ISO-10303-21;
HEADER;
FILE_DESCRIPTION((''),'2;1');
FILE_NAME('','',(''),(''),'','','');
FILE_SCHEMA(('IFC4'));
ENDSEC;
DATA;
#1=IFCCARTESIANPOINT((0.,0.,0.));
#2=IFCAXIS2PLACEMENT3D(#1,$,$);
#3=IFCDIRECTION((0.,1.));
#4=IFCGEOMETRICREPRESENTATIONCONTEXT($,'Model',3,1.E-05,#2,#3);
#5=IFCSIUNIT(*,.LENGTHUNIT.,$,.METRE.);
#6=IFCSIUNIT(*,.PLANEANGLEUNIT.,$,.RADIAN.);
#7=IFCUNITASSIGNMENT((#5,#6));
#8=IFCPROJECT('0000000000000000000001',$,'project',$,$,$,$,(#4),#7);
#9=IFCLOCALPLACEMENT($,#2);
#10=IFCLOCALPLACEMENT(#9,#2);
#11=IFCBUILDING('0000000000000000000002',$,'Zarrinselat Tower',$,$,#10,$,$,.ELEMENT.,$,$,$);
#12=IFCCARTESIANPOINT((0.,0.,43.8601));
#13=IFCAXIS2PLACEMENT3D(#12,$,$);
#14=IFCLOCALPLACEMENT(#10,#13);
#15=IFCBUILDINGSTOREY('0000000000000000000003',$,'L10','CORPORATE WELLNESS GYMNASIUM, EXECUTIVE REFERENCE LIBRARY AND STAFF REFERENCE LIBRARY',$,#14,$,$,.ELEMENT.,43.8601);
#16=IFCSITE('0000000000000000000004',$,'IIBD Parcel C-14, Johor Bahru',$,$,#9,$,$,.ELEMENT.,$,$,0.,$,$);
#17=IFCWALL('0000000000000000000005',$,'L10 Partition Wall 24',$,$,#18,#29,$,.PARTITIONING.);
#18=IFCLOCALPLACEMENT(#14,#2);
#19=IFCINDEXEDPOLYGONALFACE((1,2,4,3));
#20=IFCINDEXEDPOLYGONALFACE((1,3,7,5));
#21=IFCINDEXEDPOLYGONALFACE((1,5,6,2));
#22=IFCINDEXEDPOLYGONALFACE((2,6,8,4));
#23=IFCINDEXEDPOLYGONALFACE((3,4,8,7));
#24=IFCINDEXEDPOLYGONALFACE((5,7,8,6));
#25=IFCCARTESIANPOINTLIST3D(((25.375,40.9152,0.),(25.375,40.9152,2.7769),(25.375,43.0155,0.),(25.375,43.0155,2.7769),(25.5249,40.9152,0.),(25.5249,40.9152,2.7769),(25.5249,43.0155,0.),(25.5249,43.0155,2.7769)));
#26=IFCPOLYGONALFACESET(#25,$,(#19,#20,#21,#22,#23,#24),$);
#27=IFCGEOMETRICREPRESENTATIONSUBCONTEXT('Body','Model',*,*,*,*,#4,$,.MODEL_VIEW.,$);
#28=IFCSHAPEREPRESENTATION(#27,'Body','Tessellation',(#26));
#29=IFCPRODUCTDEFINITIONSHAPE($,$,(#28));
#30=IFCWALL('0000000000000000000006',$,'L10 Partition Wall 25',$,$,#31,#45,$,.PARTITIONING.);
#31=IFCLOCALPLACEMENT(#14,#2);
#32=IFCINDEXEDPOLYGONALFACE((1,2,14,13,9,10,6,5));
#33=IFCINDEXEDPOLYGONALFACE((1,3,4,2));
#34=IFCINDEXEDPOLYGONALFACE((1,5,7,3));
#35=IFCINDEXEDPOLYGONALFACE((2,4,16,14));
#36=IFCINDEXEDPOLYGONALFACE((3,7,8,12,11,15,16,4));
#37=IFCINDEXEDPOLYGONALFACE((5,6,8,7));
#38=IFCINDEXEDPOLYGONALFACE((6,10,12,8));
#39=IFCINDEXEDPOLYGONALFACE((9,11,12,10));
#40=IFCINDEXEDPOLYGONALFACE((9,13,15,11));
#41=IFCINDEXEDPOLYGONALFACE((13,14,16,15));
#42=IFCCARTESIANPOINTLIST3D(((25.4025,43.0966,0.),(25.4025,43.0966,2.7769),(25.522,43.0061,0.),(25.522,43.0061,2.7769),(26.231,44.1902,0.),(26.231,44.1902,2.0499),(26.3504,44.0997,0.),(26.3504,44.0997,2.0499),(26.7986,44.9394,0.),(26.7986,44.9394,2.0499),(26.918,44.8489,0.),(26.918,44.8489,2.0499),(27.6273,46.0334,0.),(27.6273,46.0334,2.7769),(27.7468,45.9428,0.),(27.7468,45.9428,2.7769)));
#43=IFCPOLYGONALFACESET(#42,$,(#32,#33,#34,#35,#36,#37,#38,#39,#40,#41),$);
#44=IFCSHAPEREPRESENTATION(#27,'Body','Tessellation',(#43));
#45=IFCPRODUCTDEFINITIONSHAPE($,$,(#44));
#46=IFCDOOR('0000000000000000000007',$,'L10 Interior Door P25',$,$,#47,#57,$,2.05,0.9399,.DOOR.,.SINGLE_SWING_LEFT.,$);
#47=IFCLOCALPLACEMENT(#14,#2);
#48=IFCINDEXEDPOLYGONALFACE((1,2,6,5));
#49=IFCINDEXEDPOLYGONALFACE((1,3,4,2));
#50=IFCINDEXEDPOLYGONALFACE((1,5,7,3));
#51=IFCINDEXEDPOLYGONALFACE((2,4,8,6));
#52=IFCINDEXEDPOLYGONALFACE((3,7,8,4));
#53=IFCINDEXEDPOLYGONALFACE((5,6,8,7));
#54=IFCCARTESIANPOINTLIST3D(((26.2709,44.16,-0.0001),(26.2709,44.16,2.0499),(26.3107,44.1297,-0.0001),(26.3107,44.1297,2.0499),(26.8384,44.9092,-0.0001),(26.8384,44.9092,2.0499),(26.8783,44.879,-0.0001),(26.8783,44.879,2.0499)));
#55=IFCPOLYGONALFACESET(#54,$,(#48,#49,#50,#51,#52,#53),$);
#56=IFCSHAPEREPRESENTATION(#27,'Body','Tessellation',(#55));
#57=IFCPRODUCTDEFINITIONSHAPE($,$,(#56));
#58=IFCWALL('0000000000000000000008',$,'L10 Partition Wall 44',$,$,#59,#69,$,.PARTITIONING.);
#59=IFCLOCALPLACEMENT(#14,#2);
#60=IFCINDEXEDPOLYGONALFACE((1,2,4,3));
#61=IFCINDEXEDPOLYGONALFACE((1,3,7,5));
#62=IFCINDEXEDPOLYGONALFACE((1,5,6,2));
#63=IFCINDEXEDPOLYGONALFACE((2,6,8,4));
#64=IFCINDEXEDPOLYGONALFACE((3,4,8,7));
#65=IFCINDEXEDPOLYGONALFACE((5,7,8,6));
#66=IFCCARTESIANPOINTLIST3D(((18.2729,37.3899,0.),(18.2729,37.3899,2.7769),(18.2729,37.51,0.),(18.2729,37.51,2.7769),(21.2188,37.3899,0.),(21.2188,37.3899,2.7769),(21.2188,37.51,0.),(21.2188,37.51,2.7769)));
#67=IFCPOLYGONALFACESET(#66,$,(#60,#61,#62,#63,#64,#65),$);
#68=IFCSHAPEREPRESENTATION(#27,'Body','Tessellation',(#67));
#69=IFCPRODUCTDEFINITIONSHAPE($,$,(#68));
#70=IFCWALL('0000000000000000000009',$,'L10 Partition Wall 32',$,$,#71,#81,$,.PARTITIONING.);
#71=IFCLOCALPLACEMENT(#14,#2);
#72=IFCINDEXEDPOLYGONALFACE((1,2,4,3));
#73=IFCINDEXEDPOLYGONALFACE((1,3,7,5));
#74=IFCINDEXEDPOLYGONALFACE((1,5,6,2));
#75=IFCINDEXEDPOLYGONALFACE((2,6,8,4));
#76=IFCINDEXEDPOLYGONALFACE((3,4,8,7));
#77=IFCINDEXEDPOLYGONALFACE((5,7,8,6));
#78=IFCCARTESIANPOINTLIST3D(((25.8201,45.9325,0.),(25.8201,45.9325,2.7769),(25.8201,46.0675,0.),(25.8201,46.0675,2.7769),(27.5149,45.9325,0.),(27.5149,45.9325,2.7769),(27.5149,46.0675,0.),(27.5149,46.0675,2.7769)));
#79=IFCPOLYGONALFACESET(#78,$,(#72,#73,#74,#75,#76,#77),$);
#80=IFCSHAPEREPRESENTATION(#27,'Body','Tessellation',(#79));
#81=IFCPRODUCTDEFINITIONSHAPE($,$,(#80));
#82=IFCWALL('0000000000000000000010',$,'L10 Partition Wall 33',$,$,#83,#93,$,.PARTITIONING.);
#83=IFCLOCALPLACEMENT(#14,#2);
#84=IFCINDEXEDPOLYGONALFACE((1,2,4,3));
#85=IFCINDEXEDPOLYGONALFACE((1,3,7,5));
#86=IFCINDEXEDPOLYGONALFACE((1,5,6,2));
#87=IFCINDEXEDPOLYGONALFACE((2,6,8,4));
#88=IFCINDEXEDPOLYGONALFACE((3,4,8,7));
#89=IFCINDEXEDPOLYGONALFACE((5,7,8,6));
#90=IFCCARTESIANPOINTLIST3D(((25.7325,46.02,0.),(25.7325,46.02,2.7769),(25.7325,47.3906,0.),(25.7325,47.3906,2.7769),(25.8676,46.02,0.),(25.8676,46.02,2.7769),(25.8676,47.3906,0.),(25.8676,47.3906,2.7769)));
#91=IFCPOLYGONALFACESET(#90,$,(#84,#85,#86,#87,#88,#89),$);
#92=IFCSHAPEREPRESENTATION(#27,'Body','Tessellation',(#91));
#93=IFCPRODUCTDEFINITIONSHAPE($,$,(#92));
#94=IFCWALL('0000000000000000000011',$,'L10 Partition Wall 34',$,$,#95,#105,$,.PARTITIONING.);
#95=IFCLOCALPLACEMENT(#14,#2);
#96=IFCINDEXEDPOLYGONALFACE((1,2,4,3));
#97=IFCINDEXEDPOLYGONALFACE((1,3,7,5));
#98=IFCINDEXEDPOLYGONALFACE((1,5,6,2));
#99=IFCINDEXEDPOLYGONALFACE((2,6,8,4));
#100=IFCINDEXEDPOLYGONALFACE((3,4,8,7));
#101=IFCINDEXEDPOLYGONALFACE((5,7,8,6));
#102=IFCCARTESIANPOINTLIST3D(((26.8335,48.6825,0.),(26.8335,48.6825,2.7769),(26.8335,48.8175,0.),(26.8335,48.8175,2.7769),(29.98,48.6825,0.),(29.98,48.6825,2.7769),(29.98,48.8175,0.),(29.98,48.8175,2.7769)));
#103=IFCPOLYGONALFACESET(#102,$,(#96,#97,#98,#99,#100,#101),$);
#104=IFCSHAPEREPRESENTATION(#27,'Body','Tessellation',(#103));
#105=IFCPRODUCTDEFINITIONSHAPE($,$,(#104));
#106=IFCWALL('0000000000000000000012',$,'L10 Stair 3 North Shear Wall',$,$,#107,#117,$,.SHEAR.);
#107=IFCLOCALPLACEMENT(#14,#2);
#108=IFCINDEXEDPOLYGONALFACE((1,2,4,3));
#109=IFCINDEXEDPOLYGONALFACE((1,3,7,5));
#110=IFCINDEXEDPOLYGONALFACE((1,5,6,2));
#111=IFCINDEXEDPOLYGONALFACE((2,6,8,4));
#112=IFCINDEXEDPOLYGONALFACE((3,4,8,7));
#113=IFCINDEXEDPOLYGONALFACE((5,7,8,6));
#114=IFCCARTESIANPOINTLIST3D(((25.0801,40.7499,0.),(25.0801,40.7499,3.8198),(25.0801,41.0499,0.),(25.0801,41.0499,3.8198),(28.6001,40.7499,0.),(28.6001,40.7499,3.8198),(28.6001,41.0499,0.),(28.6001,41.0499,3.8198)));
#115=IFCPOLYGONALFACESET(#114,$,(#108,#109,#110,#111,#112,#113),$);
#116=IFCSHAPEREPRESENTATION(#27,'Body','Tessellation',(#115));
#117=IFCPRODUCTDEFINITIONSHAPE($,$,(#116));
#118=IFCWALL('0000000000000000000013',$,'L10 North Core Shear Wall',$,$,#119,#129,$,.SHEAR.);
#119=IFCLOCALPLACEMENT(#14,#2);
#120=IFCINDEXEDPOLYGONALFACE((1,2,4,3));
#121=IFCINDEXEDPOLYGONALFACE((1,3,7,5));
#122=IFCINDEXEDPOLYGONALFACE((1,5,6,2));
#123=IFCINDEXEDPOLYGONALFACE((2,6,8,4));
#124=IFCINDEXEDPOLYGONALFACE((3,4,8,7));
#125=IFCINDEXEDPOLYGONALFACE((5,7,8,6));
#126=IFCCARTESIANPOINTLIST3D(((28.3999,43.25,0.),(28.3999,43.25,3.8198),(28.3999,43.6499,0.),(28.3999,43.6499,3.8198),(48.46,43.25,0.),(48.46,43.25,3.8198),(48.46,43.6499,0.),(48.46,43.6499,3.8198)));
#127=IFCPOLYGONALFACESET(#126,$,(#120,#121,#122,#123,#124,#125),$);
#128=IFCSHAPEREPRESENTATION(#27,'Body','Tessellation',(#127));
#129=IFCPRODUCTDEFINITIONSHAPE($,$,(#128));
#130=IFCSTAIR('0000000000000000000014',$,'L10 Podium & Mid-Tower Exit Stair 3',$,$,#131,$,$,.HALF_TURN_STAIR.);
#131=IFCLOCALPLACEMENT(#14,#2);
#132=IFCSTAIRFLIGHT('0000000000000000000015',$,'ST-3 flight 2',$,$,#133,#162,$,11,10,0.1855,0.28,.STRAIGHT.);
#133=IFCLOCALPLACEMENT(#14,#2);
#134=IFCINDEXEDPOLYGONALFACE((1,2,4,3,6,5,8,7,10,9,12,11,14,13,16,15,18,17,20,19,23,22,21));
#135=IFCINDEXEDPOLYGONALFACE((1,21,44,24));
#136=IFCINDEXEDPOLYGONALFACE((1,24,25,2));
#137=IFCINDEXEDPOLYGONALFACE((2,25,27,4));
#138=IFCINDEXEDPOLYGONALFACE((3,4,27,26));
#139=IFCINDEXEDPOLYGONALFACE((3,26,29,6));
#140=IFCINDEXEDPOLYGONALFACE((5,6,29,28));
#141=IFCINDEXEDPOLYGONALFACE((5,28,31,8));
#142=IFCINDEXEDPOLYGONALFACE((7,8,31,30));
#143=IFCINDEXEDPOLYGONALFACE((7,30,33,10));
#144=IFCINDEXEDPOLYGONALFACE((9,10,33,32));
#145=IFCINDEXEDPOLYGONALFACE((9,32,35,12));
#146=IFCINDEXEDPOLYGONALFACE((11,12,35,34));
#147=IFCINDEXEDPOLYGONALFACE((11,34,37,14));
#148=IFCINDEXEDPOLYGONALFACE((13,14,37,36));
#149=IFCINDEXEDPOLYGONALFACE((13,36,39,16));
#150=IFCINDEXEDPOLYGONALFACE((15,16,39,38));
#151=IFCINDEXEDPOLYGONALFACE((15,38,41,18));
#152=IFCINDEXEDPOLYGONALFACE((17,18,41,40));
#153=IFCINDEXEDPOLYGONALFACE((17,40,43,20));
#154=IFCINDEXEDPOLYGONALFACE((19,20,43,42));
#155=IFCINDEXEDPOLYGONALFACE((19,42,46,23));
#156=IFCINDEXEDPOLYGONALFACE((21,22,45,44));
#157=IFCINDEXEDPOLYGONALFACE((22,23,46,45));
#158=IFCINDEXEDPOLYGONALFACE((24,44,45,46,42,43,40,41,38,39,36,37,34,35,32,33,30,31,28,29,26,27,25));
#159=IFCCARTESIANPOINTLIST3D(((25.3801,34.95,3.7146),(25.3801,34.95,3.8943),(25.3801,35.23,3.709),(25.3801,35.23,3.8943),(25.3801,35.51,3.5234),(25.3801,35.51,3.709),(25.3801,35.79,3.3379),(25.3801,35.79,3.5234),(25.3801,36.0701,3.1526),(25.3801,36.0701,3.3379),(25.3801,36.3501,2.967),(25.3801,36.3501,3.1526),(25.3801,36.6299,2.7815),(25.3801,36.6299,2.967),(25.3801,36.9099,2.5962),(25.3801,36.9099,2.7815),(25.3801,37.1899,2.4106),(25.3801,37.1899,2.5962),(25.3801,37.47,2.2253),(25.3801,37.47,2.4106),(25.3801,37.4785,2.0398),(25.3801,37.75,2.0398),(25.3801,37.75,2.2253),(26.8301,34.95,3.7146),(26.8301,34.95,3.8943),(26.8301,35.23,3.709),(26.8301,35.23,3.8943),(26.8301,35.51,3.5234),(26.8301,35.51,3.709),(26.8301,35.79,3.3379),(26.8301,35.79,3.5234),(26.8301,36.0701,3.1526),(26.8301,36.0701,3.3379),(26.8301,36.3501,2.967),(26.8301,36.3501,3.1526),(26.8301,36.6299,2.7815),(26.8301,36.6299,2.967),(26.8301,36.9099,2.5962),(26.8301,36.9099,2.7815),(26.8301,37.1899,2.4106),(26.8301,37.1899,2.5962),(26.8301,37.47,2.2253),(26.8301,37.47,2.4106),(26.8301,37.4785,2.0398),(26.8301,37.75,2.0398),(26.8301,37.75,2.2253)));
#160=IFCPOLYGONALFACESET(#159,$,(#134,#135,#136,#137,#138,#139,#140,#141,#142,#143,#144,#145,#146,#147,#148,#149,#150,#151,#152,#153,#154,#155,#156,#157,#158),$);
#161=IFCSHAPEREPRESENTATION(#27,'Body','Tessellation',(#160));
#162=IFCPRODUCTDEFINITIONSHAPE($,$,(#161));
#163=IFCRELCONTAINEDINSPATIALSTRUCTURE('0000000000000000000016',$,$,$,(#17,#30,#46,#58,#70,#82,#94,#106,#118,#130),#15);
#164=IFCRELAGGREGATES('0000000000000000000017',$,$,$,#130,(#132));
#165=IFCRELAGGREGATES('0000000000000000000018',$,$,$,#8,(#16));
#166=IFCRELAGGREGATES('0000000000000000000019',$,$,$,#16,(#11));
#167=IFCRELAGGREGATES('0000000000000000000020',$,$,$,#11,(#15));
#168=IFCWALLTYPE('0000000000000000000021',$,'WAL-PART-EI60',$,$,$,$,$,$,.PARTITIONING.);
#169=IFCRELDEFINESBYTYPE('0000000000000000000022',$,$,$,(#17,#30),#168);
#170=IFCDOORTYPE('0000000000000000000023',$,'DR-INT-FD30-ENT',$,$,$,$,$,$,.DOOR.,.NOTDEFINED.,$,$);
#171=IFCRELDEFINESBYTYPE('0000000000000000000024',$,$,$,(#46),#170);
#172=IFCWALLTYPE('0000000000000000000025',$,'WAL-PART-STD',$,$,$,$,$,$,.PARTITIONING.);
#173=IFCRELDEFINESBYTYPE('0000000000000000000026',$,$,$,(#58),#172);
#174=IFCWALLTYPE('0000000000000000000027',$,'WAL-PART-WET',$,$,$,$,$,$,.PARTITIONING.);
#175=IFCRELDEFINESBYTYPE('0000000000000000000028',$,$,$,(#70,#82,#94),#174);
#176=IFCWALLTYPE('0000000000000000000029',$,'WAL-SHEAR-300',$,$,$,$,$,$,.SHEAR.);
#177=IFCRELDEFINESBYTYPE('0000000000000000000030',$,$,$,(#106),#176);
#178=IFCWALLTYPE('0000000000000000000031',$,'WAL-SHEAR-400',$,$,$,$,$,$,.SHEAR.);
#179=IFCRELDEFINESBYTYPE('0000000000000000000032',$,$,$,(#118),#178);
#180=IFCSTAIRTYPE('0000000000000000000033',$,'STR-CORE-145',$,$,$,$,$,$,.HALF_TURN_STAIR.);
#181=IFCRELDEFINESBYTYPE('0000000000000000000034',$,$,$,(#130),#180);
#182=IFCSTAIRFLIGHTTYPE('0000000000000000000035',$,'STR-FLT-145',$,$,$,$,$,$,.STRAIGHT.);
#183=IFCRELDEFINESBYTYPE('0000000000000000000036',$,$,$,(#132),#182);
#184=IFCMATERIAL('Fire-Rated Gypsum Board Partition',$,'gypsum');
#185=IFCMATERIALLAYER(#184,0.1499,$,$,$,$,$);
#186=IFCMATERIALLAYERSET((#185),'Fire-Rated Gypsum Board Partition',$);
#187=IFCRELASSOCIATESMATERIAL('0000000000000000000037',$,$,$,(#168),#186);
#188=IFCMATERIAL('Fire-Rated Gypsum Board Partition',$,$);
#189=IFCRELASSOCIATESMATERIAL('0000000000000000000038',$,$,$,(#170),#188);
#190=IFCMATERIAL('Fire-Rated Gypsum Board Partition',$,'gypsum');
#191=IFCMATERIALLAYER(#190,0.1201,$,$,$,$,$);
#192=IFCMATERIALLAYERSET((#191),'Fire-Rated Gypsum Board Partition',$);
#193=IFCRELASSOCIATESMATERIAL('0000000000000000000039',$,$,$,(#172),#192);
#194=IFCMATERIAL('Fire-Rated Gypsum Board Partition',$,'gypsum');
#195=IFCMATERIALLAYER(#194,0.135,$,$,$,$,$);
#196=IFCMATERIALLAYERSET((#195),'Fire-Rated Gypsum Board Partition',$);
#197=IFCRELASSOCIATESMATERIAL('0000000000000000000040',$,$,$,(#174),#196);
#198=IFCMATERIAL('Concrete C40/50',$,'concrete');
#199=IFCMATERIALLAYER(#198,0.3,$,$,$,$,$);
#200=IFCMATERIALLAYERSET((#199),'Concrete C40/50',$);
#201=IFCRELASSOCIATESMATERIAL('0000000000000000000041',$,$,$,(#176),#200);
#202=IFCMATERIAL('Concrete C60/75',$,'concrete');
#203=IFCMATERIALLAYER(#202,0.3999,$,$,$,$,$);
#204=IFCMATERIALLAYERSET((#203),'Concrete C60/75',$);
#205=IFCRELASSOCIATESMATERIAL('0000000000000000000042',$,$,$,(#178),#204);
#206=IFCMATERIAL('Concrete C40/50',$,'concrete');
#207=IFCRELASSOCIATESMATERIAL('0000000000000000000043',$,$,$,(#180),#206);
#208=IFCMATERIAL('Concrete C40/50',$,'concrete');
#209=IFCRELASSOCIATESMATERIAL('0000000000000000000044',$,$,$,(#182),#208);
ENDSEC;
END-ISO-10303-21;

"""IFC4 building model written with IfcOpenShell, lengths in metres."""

from ifc_helpers import new_model, si_unit, direction, frame, frame_2d, origin, place, context, subcontext, project, spatial, polyline, rectangle, outline, extrude, material, layer, layer_set, type_object, element, fill, aggregate, save


model = new_model("IFC4")

# Units and contexts
model_context = context("Model", 3, precision=1e-05, world=origin(), true_north=direction((0.0, 1.0)))
body_context = subcontext(model_context, "Body", "Model", "MODEL_VIEW")
ifc_project = project(units=[si_unit("LENGTHUNIT", "METRE"), si_unit("PLANEANGLEUNIT", "RADIAN")], contexts=[model_context])

# Site, building, storey
site_placement = place(None, origin())
site = spatial("IfcSite", under=ifc_project, at=site_placement, Name="IIBD Parcel C-14, Johor Bahru", CompositionType="ELEMENT", RefElevation=0.0)
building_placement = place(site_placement, origin())
building = spatial("IfcBuilding", under=site, at=building_placement, Name="Zarrinselat Tower", CompositionType="ELEMENT")
storey_placement = place(building_placement, frame((0.0, 0.0, 43.8601)))
storey = spatial("IfcBuildingStorey", under=building, at=storey_placement, Name="L10", Description="CORPORATE WELLNESS GYMNASIUM, EXECUTIVE REFERENCE LIBRARY AND STAFF REFERENCE LIBRARY", CompositionType="ELEMENT", Elevation=43.8601)

# Wall
ifc_material_1 = material(Name="Fire-Rated Gypsum Board Partition", Category="gypsum")
ifc_layer_1 = layer(ifc_material_1, 0.1499)
ifc_layer_set_1 = layer_set([ifc_layer_1], Name="Fire-Rated Gypsum Board Partition")
wall_type_1 = type_object("IfcWallType", Name="WAL-PART-EI60", PredefinedType="PARTITIONING", material=ifc_layer_set_1)
wall_1_placement = place(storey_placement, frame((25.45, 40.915, 0.0), z_axis=(0.0, 0.0, 1.0), x_axis=(0.0, 1.0, 0.0)))
element("IfcWall", 1, at=wall_1_placement, inside=storey, type_object=wall_type_1, Name="L10 Partition Wall 24", PredefinedType="PARTITIONING", context=body_context, shape_type="SweptSolid", body=[
    extrude(rectangle(XDim=2.1003, YDim=0.1499, at=frame_2d((1.0503, 0.0))), origin(), (0.0, 0.0, 1.0), 2.7769),
])

# Wall, opening, door
wall_2_placement = place(storey_placement, frame((25.4622, 43.0513, 0.0), z_axis=(0.0, 0.0, 1.0), x_axis=(0.603863, 0.797088, 0.0)))
wall_2 = element("IfcWall", 2, at=wall_2_placement, inside=storey, type_object=wall_type_1, Name="L10 Partition Wall 25", PredefinedType="PARTITIONING", context=body_context, shape_type="SweptSolid", body=[
    extrude(rectangle(XDim=3.6843, YDim=0.1499, at=frame_2d((1.8423, 0.0))), origin(), (0.0, 0.0, 1.0), 2.7769),
])
opening_placement = place(wall_2_placement, frame((1.3721, 0.0, 0.0)))
opening = element("IfcOpeningElement", 3, at=opening_placement, cuts=wall_2, PredefinedType="OPENING", context=body_context, shape_type="SweptSolid", body=[
    extrude(rectangle(XDim=0.9399, YDim=2.05, at=frame_2d((0.47, 1.0249))), frame((0.0, 0.085, 0.0), z_axis=(0.0, -1.0, 0.0), x_axis=(1.0, 0.0, 0.0)), (0.0, 0.0, 1.0), 0.1699),
])
ifc_material_2 = material(Name="Fire-Rated Gypsum Board Partition")
door_type = type_object("IfcDoorType", Name="DR-INT-FD30-ENT", OperationType="NOTDEFINED", PredefinedType="DOOR", material=ifc_material_2)
door_placement = place(opening_placement, origin())
door = element("IfcDoor", 4, at=door_placement, inside=storey, type_object=door_type, Name="L10 Interior Door P25", OperationType="SINGLE_SWING_LEFT", OverallHeight=2.05, OverallWidth=0.9399, PredefinedType="DOOR", context=body_context, shape_type="SweptSolid", body=[
    extrude(rectangle(XDim=0.9399, YDim=2.05, at=frame_2d((0.47, 1.0249))), frame((0.0, 0.0249, 0.0), z_axis=(0.0, -1.0, 0.0), x_axis=(1.0, 0.0, 0.0)), (0.0, 0.0, 1.0), 0.05),
])
fill(opening, door)

# Walls
ifc_material_3 = material(Name="Fire-Rated Gypsum Board Partition", Category="gypsum")
ifc_layer_2 = layer(ifc_material_3, 0.1201)
ifc_layer_set_2 = layer_set([ifc_layer_2], Name="Fire-Rated Gypsum Board Partition")
wall_type_2 = type_object("IfcWallType", Name="WAL-PART-STD", PredefinedType="PARTITIONING", material=ifc_layer_set_2)
wall_3_placement = place(storey_placement, frame((18.2729, 37.45, 0.0), z_axis=(0.0, 0.0, 1.0), x_axis=(1.0, 0.0, 0.0)))
element("IfcWall", 5, at=wall_3_placement, inside=storey, type_object=wall_type_2, Name="L10 Partition Wall 44", PredefinedType="PARTITIONING", context=body_context, shape_type="SweptSolid", body=[
    extrude(rectangle(XDim=2.9458, YDim=0.1201, at=frame_2d((1.4729, 0.0))), origin(), (0.0, 0.0, 1.0), 2.7769),
])
ifc_material_4 = material(Name="Fire-Rated Gypsum Board Partition", Category="gypsum")
ifc_layer_3 = layer(ifc_material_4, 0.135)
ifc_layer_set_3 = layer_set([ifc_layer_3], Name="Fire-Rated Gypsum Board Partition")
wall_type_3 = type_object("IfcWallType", Name="WAL-PART-WET", PredefinedType="PARTITIONING", material=ifc_layer_set_3)
wall_4_placement = place(storey_placement, frame((25.8201, 46.0, 0.0), z_axis=(0.0, 0.0, 1.0), x_axis=(1.0, 0.0, 0.0)))
element("IfcWall", 6, at=wall_4_placement, inside=storey, type_object=wall_type_3, Name="L10 Partition Wall 32", PredefinedType="PARTITIONING", context=body_context, shape_type="SweptSolid", body=[
    extrude(rectangle(XDim=1.6948, YDim=0.135, at=frame_2d((0.8474, 0.0))), origin(), (0.0, 0.0, 1.0), 2.7769),
])
wall_5_placement = place(storey_placement, frame((25.8, 46.02, 0.0), z_axis=(0.0, 0.0, 1.0), x_axis=(0.0, 1.0, 0.0)))
element("IfcWall", 7, at=wall_5_placement, inside=storey, type_object=wall_type_3, Name="L10 Partition Wall 33", PredefinedType="PARTITIONING", context=body_context, shape_type="SweptSolid", body=[
    extrude(rectangle(XDim=1.3706, YDim=0.135, at=frame_2d((0.6853, 0.0))), origin(), (0.0, 0.0, 1.0), 2.7769),
])
wall_6_placement = place(storey_placement, frame((26.8335, 48.75, 0.0), z_axis=(0.0, 0.0, 1.0), x_axis=(1.0, 0.0, 0.0)))
element("IfcWall", 8, at=wall_6_placement, inside=storey, type_object=wall_type_3, Name="L10 Partition Wall 34", PredefinedType="PARTITIONING", context=body_context, shape_type="SweptSolid", body=[
    extrude(rectangle(XDim=3.1465, YDim=0.135, at=frame_2d((1.5732, 0.0))), origin(), (0.0, 0.0, 1.0), 2.7769),
])
ifc_material_5 = material(Name="Concrete C40/50", Category="concrete")
ifc_layer_4 = layer(ifc_material_5, 0.3)
ifc_layer_set_4 = layer_set([ifc_layer_4], Name="Concrete C40/50")
wall_type_4 = type_object("IfcWallType", Name="WAL-SHEAR-300", PredefinedType="SHEAR", material=ifc_layer_set_4)
wall_7_placement = place(storey_placement, frame((25.0801, 40.8999, 0.0), z_axis=(0.0, 0.0, 1.0), x_axis=(1.0, 0.0, 0.0)))
element("IfcWall", 9, at=wall_7_placement, inside=storey, type_object=wall_type_4, Name="L10 Stair 3 North Shear Wall", PredefinedType="SHEAR", context=body_context, shape_type="SweptSolid", body=[
    extrude(rectangle(XDim=3.52, YDim=0.3, at=frame_2d((1.76, 0.0))), origin(), (0.0, 0.0, 1.0), 3.8198),
])
ifc_material_6 = material(Name="Concrete C60/75", Category="concrete")
ifc_layer_5 = layer(ifc_material_6, 0.3999)
ifc_layer_set_5 = layer_set([ifc_layer_5], Name="Concrete C60/75")
wall_type_5 = type_object("IfcWallType", Name="WAL-SHEAR-400", PredefinedType="SHEAR", material=ifc_layer_set_5)
wall_8_placement = place(storey_placement, frame((28.3999, 43.45, 0.0), z_axis=(0.0, 0.0, 1.0), x_axis=(1.0, 0.0, 0.0)))
element("IfcWall", 10, at=wall_8_placement, inside=storey, type_object=wall_type_5, Name="L10 North Core Shear Wall", PredefinedType="SHEAR", context=body_context, shape_type="SweptSolid", body=[
    extrude(rectangle(XDim=20.0601, YDim=0.3999, at=frame_2d((10.03, 0.0))), origin(), (0.0, 0.0, 1.0), 3.8198),
])

# Stair, stair flight
ifc_material_7 = material(Name="Concrete C40/50", Category="concrete")
stair_type = type_object("IfcStairType", Name="STR-CORE-145", PredefinedType="HALF_TURN_STAIR", material=ifc_material_7)
stair_placement = place(storey_placement, origin())
stair = element("IfcStair", 11, at=stair_placement, inside=storey, type_object=stair_type, Name="L10 Podium & Mid-Tower Exit Stair 3", PredefinedType="HALF_TURN_STAIR")
ifc_material_8 = material(Name="Concrete C40/50", Category="concrete")
stair_flight_type = type_object("IfcStairFlightType", Name="STR-FLT-145", PredefinedType="STRAIGHT", material=ifc_material_8)
stair_flight_placement = place(storey_placement, frame((26.105, 37.75, 2.0398), z_axis=(0.0, 0.0, 1.0), x_axis=(0.0, -1.0, 0.0)))
stair_flight = element("IfcStairFlight", 12, at=stair_flight_placement, type_object=stair_flight_type, Name="ST-3 flight 2", NumberOfRisers=11, NumberOfTreads=10, PredefinedType="STRAIGHT", RiserHeight=0.1855, TreadLength=0.28, context=body_context, shape_type="SweptSolid", body=[
    extrude(outline(polyline([(0.0, 0.0), (0.0, 0.1855), (0.28, 0.1855), (0.28, 0.3708), (0.5601, 0.3708), (0.5601, 0.5564), (0.8401, 0.5564), (0.8401, 0.7417), (1.1201, 0.7417), (1.1201, 0.9272), (1.3999, 0.9272), (1.3999, 1.1128), (1.6799, 1.1128), (1.6799, 1.2981), (1.96, 1.2981), (1.96, 1.4836), (2.24, 1.4836), (2.24, 1.6692), (2.52, 1.6692), (2.52, 1.8545), (2.8, 1.8545), (2.8, 2.04), (2.8, 1.6748), (0.2715, 0.0), (0.0, 0.0)])), frame((0.0, 0.7251, 0.0), z_axis=(0.0, -1.0, 0.0), x_axis=(1.0, 0.0, 0.0)), (0.0, 0.0, 1.0), 1.45),
])
aggregate(stair, [stair_flight])

save(model, "model.ifc")
